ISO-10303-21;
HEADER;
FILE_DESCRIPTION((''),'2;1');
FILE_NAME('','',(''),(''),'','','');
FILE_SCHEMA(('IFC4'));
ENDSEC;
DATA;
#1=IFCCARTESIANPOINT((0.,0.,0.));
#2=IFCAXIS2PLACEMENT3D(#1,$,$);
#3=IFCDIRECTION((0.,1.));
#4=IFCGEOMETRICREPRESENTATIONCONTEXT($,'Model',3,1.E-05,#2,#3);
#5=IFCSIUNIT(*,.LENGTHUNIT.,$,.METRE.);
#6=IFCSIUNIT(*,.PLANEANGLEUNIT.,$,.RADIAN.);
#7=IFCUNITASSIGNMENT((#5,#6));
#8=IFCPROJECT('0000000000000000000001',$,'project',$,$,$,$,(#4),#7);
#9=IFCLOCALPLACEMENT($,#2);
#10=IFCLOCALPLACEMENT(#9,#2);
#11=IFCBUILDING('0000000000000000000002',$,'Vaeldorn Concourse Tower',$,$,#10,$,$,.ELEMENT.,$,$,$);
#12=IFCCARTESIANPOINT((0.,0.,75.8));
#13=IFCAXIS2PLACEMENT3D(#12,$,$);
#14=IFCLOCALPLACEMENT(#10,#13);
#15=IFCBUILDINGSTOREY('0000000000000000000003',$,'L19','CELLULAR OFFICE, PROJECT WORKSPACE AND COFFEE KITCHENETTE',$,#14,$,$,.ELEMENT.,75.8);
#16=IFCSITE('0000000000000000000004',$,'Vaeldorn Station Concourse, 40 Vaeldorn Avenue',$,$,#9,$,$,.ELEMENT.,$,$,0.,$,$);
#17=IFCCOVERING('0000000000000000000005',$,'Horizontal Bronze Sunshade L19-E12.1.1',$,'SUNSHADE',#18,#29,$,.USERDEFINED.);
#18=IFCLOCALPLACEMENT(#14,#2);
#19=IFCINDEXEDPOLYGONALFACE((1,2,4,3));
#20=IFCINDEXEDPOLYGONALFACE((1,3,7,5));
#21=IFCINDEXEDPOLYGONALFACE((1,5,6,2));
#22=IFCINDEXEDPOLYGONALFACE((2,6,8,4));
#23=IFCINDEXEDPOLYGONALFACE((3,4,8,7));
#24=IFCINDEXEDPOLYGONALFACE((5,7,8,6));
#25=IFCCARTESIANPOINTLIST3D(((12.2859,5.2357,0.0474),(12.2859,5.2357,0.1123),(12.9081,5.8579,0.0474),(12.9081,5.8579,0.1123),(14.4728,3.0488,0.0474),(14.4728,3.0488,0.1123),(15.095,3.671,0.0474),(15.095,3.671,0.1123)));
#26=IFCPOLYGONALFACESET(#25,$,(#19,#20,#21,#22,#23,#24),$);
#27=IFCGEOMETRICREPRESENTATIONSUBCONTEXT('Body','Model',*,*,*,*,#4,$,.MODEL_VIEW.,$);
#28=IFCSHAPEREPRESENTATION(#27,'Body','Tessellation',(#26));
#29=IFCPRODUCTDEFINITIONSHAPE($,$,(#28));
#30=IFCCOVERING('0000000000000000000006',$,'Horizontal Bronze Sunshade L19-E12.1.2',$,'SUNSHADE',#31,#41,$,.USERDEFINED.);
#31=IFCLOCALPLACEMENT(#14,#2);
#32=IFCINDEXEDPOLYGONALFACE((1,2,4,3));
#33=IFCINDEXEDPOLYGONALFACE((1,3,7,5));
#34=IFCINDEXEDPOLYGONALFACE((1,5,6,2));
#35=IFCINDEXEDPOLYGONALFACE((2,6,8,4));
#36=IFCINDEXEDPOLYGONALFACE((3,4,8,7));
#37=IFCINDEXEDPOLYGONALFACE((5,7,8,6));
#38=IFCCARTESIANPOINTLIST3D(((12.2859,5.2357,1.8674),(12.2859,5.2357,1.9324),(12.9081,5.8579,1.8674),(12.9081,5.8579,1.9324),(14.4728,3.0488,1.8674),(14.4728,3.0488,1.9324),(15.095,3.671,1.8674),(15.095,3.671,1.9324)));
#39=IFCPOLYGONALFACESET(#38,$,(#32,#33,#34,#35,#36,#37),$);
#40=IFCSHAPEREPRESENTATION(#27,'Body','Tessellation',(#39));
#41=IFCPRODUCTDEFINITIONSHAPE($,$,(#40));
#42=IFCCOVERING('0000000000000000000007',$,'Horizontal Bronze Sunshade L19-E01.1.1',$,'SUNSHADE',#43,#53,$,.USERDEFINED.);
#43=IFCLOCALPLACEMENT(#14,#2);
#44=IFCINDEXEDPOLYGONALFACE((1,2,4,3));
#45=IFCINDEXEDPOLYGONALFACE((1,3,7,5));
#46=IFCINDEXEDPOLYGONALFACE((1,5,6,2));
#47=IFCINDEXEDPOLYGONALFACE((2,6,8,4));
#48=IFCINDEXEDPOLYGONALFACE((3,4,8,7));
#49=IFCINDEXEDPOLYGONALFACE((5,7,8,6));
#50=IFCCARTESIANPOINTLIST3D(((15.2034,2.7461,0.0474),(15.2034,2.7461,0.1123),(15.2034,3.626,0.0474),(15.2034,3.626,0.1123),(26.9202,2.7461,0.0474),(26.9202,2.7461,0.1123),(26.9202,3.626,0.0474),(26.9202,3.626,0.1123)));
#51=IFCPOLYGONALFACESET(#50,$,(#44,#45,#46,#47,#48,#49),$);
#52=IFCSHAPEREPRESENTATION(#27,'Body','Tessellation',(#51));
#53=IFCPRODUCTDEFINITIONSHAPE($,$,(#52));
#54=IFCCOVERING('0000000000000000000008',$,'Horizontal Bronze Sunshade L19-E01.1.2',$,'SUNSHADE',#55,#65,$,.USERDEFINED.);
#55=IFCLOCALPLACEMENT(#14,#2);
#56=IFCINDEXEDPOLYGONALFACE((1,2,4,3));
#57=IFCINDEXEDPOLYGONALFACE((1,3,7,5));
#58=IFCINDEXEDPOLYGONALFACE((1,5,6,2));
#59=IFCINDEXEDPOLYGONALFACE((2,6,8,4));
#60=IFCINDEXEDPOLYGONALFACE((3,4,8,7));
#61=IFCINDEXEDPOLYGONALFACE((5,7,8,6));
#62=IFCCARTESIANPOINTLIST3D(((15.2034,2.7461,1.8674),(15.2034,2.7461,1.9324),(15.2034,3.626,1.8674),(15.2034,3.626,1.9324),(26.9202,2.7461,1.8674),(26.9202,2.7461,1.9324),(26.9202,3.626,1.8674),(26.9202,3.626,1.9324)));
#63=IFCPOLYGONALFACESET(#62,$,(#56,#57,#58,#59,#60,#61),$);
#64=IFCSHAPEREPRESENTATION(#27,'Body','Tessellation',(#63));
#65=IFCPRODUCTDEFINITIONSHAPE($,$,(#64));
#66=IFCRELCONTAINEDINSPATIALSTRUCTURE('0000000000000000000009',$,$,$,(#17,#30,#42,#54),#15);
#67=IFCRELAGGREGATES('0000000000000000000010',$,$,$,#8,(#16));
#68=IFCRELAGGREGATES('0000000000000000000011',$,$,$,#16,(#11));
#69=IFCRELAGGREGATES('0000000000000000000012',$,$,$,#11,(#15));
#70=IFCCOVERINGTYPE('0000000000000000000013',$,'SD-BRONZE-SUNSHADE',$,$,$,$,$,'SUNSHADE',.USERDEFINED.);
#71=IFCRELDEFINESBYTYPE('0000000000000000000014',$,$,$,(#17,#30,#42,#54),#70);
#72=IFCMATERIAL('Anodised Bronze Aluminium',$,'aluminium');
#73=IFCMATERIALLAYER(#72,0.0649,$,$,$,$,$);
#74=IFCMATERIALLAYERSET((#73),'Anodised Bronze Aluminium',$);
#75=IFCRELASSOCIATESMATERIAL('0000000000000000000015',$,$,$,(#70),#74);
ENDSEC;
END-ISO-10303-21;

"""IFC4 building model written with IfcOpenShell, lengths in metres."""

from ifc_helpers import new_model, si_unit, direction, frame, origin, origin_2d, place, context, subcontext, project, spatial, rectangle, extrude, source, transform, mapped, material, layer, layer_set, type_object, element, save


model = new_model("IFC4")

# Units and contexts
model_context = context("Model", 3, precision=1e-05, world=origin(), true_north=direction((0.0, 1.0)))
body_context = subcontext(model_context, "Body", "Model", "MODEL_VIEW")
ifc_project = project(units=[si_unit("LENGTHUNIT", "METRE"), si_unit("PLANEANGLEUNIT", "RADIAN")], contexts=[model_context])

# Site, building, storey
site_placement = place(None, origin())
site = spatial("IfcSite", under=ifc_project, at=site_placement, Name="Vaeldorn Station Concourse, 40 Vaeldorn Avenue", CompositionType="ELEMENT", RefElevation=0.0)
building_placement = place(site_placement, origin())
building = spatial("IfcBuilding", under=site, at=building_placement, Name="Vaeldorn Concourse Tower", CompositionType="ELEMENT")
storey_placement = place(building_placement, frame((0.0, 0.0, 75.8)))
storey = spatial("IfcBuildingStorey", under=building, at=storey_placement, Name="L19", Description="CELLULAR OFFICE, PROJECT WORKSPACE AND COFFEE KITCHENETTE", CompositionType="ELEMENT", Elevation=75.8)

# Shared definitions
ifc_material_1 = material(Name="Anodised Bronze Aluminium", Category="aluminium")

# Coverings
ifc_layer_1 = layer(ifc_material_1, 0.0649)
ifc_layer_set_1 = layer_set([ifc_layer_1], Name="Anodised Bronze Aluminium")
covering_type = type_object("IfcCoveringType", Name="SD-BRONZE-SUNSHADE", ElementType="SUNSHADE", PredefinedType="USERDEFINED", material=ifc_layer_set_1)
shared_shape_1 = source(origin(), body_context, "Body", "SweptSolid", [
    extrude(rectangle(XDim=3.0928, YDim=0.8799, at=origin_2d()), origin(), (0.0, 0.0, 1.0), 0.0649),
])
for number, where, z_axis, x_axis, name in (
    (1, (13.6904, 4.4534, 0.0474), (0.0, 0.0, 1.0), (0.707107, -0.707107, 0.0), "Horizontal Bronze Sunshade L19-E12.1.1"),
    (2, (13.6904, 4.4534, 1.8674), (0.0, 0.0, 1.0), (0.707107, -0.707107, 0.0), "Horizontal Bronze Sunshade L19-E12.1.2"),
):
    element("IfcCovering", number, at=place(storey_placement, frame(where, z_axis=z_axis, x_axis=x_axis)), inside=storey, type_object=covering_type, Name=name, ObjectType="SUNSHADE", PredefinedType="USERDEFINED", context=body_context, shape_type="MappedRepresentation", body=[
        mapped(shared_shape_1, transform((0.0, 0.0, 0.0), scale=1.0)),
    ])
shared_shape_2 = source(origin(), body_context, "Body", "SweptSolid", [
    extrude(rectangle(XDim=11.7168, YDim=0.8799, at=origin_2d()), origin(), (0.0, 0.0, 1.0), 0.0649),
])
for number, where, z_axis, x_axis, name in (
    (3, (21.0618, 3.186, 0.0474), (0.0, 0.0, 1.0), (1.0, 0.0, 0.0), "Horizontal Bronze Sunshade L19-E01.1.1"),
    (4, (21.0618, 3.186, 1.8674), (0.0, 0.0, 1.0), (1.0, 0.0, 0.0), "Horizontal Bronze Sunshade L19-E01.1.2"),
):
    element("IfcCovering", number, at=place(storey_placement, frame(where, z_axis=z_axis, x_axis=x_axis)), inside=storey, type_object=covering_type, Name=name, ObjectType="SUNSHADE", PredefinedType="USERDEFINED", context=body_context, shape_type="MappedRepresentation", body=[
        mapped(shared_shape_2, transform((0.0, 0.0, 0.0), scale=1.0)),
    ])

save(model, "model.ifc")
